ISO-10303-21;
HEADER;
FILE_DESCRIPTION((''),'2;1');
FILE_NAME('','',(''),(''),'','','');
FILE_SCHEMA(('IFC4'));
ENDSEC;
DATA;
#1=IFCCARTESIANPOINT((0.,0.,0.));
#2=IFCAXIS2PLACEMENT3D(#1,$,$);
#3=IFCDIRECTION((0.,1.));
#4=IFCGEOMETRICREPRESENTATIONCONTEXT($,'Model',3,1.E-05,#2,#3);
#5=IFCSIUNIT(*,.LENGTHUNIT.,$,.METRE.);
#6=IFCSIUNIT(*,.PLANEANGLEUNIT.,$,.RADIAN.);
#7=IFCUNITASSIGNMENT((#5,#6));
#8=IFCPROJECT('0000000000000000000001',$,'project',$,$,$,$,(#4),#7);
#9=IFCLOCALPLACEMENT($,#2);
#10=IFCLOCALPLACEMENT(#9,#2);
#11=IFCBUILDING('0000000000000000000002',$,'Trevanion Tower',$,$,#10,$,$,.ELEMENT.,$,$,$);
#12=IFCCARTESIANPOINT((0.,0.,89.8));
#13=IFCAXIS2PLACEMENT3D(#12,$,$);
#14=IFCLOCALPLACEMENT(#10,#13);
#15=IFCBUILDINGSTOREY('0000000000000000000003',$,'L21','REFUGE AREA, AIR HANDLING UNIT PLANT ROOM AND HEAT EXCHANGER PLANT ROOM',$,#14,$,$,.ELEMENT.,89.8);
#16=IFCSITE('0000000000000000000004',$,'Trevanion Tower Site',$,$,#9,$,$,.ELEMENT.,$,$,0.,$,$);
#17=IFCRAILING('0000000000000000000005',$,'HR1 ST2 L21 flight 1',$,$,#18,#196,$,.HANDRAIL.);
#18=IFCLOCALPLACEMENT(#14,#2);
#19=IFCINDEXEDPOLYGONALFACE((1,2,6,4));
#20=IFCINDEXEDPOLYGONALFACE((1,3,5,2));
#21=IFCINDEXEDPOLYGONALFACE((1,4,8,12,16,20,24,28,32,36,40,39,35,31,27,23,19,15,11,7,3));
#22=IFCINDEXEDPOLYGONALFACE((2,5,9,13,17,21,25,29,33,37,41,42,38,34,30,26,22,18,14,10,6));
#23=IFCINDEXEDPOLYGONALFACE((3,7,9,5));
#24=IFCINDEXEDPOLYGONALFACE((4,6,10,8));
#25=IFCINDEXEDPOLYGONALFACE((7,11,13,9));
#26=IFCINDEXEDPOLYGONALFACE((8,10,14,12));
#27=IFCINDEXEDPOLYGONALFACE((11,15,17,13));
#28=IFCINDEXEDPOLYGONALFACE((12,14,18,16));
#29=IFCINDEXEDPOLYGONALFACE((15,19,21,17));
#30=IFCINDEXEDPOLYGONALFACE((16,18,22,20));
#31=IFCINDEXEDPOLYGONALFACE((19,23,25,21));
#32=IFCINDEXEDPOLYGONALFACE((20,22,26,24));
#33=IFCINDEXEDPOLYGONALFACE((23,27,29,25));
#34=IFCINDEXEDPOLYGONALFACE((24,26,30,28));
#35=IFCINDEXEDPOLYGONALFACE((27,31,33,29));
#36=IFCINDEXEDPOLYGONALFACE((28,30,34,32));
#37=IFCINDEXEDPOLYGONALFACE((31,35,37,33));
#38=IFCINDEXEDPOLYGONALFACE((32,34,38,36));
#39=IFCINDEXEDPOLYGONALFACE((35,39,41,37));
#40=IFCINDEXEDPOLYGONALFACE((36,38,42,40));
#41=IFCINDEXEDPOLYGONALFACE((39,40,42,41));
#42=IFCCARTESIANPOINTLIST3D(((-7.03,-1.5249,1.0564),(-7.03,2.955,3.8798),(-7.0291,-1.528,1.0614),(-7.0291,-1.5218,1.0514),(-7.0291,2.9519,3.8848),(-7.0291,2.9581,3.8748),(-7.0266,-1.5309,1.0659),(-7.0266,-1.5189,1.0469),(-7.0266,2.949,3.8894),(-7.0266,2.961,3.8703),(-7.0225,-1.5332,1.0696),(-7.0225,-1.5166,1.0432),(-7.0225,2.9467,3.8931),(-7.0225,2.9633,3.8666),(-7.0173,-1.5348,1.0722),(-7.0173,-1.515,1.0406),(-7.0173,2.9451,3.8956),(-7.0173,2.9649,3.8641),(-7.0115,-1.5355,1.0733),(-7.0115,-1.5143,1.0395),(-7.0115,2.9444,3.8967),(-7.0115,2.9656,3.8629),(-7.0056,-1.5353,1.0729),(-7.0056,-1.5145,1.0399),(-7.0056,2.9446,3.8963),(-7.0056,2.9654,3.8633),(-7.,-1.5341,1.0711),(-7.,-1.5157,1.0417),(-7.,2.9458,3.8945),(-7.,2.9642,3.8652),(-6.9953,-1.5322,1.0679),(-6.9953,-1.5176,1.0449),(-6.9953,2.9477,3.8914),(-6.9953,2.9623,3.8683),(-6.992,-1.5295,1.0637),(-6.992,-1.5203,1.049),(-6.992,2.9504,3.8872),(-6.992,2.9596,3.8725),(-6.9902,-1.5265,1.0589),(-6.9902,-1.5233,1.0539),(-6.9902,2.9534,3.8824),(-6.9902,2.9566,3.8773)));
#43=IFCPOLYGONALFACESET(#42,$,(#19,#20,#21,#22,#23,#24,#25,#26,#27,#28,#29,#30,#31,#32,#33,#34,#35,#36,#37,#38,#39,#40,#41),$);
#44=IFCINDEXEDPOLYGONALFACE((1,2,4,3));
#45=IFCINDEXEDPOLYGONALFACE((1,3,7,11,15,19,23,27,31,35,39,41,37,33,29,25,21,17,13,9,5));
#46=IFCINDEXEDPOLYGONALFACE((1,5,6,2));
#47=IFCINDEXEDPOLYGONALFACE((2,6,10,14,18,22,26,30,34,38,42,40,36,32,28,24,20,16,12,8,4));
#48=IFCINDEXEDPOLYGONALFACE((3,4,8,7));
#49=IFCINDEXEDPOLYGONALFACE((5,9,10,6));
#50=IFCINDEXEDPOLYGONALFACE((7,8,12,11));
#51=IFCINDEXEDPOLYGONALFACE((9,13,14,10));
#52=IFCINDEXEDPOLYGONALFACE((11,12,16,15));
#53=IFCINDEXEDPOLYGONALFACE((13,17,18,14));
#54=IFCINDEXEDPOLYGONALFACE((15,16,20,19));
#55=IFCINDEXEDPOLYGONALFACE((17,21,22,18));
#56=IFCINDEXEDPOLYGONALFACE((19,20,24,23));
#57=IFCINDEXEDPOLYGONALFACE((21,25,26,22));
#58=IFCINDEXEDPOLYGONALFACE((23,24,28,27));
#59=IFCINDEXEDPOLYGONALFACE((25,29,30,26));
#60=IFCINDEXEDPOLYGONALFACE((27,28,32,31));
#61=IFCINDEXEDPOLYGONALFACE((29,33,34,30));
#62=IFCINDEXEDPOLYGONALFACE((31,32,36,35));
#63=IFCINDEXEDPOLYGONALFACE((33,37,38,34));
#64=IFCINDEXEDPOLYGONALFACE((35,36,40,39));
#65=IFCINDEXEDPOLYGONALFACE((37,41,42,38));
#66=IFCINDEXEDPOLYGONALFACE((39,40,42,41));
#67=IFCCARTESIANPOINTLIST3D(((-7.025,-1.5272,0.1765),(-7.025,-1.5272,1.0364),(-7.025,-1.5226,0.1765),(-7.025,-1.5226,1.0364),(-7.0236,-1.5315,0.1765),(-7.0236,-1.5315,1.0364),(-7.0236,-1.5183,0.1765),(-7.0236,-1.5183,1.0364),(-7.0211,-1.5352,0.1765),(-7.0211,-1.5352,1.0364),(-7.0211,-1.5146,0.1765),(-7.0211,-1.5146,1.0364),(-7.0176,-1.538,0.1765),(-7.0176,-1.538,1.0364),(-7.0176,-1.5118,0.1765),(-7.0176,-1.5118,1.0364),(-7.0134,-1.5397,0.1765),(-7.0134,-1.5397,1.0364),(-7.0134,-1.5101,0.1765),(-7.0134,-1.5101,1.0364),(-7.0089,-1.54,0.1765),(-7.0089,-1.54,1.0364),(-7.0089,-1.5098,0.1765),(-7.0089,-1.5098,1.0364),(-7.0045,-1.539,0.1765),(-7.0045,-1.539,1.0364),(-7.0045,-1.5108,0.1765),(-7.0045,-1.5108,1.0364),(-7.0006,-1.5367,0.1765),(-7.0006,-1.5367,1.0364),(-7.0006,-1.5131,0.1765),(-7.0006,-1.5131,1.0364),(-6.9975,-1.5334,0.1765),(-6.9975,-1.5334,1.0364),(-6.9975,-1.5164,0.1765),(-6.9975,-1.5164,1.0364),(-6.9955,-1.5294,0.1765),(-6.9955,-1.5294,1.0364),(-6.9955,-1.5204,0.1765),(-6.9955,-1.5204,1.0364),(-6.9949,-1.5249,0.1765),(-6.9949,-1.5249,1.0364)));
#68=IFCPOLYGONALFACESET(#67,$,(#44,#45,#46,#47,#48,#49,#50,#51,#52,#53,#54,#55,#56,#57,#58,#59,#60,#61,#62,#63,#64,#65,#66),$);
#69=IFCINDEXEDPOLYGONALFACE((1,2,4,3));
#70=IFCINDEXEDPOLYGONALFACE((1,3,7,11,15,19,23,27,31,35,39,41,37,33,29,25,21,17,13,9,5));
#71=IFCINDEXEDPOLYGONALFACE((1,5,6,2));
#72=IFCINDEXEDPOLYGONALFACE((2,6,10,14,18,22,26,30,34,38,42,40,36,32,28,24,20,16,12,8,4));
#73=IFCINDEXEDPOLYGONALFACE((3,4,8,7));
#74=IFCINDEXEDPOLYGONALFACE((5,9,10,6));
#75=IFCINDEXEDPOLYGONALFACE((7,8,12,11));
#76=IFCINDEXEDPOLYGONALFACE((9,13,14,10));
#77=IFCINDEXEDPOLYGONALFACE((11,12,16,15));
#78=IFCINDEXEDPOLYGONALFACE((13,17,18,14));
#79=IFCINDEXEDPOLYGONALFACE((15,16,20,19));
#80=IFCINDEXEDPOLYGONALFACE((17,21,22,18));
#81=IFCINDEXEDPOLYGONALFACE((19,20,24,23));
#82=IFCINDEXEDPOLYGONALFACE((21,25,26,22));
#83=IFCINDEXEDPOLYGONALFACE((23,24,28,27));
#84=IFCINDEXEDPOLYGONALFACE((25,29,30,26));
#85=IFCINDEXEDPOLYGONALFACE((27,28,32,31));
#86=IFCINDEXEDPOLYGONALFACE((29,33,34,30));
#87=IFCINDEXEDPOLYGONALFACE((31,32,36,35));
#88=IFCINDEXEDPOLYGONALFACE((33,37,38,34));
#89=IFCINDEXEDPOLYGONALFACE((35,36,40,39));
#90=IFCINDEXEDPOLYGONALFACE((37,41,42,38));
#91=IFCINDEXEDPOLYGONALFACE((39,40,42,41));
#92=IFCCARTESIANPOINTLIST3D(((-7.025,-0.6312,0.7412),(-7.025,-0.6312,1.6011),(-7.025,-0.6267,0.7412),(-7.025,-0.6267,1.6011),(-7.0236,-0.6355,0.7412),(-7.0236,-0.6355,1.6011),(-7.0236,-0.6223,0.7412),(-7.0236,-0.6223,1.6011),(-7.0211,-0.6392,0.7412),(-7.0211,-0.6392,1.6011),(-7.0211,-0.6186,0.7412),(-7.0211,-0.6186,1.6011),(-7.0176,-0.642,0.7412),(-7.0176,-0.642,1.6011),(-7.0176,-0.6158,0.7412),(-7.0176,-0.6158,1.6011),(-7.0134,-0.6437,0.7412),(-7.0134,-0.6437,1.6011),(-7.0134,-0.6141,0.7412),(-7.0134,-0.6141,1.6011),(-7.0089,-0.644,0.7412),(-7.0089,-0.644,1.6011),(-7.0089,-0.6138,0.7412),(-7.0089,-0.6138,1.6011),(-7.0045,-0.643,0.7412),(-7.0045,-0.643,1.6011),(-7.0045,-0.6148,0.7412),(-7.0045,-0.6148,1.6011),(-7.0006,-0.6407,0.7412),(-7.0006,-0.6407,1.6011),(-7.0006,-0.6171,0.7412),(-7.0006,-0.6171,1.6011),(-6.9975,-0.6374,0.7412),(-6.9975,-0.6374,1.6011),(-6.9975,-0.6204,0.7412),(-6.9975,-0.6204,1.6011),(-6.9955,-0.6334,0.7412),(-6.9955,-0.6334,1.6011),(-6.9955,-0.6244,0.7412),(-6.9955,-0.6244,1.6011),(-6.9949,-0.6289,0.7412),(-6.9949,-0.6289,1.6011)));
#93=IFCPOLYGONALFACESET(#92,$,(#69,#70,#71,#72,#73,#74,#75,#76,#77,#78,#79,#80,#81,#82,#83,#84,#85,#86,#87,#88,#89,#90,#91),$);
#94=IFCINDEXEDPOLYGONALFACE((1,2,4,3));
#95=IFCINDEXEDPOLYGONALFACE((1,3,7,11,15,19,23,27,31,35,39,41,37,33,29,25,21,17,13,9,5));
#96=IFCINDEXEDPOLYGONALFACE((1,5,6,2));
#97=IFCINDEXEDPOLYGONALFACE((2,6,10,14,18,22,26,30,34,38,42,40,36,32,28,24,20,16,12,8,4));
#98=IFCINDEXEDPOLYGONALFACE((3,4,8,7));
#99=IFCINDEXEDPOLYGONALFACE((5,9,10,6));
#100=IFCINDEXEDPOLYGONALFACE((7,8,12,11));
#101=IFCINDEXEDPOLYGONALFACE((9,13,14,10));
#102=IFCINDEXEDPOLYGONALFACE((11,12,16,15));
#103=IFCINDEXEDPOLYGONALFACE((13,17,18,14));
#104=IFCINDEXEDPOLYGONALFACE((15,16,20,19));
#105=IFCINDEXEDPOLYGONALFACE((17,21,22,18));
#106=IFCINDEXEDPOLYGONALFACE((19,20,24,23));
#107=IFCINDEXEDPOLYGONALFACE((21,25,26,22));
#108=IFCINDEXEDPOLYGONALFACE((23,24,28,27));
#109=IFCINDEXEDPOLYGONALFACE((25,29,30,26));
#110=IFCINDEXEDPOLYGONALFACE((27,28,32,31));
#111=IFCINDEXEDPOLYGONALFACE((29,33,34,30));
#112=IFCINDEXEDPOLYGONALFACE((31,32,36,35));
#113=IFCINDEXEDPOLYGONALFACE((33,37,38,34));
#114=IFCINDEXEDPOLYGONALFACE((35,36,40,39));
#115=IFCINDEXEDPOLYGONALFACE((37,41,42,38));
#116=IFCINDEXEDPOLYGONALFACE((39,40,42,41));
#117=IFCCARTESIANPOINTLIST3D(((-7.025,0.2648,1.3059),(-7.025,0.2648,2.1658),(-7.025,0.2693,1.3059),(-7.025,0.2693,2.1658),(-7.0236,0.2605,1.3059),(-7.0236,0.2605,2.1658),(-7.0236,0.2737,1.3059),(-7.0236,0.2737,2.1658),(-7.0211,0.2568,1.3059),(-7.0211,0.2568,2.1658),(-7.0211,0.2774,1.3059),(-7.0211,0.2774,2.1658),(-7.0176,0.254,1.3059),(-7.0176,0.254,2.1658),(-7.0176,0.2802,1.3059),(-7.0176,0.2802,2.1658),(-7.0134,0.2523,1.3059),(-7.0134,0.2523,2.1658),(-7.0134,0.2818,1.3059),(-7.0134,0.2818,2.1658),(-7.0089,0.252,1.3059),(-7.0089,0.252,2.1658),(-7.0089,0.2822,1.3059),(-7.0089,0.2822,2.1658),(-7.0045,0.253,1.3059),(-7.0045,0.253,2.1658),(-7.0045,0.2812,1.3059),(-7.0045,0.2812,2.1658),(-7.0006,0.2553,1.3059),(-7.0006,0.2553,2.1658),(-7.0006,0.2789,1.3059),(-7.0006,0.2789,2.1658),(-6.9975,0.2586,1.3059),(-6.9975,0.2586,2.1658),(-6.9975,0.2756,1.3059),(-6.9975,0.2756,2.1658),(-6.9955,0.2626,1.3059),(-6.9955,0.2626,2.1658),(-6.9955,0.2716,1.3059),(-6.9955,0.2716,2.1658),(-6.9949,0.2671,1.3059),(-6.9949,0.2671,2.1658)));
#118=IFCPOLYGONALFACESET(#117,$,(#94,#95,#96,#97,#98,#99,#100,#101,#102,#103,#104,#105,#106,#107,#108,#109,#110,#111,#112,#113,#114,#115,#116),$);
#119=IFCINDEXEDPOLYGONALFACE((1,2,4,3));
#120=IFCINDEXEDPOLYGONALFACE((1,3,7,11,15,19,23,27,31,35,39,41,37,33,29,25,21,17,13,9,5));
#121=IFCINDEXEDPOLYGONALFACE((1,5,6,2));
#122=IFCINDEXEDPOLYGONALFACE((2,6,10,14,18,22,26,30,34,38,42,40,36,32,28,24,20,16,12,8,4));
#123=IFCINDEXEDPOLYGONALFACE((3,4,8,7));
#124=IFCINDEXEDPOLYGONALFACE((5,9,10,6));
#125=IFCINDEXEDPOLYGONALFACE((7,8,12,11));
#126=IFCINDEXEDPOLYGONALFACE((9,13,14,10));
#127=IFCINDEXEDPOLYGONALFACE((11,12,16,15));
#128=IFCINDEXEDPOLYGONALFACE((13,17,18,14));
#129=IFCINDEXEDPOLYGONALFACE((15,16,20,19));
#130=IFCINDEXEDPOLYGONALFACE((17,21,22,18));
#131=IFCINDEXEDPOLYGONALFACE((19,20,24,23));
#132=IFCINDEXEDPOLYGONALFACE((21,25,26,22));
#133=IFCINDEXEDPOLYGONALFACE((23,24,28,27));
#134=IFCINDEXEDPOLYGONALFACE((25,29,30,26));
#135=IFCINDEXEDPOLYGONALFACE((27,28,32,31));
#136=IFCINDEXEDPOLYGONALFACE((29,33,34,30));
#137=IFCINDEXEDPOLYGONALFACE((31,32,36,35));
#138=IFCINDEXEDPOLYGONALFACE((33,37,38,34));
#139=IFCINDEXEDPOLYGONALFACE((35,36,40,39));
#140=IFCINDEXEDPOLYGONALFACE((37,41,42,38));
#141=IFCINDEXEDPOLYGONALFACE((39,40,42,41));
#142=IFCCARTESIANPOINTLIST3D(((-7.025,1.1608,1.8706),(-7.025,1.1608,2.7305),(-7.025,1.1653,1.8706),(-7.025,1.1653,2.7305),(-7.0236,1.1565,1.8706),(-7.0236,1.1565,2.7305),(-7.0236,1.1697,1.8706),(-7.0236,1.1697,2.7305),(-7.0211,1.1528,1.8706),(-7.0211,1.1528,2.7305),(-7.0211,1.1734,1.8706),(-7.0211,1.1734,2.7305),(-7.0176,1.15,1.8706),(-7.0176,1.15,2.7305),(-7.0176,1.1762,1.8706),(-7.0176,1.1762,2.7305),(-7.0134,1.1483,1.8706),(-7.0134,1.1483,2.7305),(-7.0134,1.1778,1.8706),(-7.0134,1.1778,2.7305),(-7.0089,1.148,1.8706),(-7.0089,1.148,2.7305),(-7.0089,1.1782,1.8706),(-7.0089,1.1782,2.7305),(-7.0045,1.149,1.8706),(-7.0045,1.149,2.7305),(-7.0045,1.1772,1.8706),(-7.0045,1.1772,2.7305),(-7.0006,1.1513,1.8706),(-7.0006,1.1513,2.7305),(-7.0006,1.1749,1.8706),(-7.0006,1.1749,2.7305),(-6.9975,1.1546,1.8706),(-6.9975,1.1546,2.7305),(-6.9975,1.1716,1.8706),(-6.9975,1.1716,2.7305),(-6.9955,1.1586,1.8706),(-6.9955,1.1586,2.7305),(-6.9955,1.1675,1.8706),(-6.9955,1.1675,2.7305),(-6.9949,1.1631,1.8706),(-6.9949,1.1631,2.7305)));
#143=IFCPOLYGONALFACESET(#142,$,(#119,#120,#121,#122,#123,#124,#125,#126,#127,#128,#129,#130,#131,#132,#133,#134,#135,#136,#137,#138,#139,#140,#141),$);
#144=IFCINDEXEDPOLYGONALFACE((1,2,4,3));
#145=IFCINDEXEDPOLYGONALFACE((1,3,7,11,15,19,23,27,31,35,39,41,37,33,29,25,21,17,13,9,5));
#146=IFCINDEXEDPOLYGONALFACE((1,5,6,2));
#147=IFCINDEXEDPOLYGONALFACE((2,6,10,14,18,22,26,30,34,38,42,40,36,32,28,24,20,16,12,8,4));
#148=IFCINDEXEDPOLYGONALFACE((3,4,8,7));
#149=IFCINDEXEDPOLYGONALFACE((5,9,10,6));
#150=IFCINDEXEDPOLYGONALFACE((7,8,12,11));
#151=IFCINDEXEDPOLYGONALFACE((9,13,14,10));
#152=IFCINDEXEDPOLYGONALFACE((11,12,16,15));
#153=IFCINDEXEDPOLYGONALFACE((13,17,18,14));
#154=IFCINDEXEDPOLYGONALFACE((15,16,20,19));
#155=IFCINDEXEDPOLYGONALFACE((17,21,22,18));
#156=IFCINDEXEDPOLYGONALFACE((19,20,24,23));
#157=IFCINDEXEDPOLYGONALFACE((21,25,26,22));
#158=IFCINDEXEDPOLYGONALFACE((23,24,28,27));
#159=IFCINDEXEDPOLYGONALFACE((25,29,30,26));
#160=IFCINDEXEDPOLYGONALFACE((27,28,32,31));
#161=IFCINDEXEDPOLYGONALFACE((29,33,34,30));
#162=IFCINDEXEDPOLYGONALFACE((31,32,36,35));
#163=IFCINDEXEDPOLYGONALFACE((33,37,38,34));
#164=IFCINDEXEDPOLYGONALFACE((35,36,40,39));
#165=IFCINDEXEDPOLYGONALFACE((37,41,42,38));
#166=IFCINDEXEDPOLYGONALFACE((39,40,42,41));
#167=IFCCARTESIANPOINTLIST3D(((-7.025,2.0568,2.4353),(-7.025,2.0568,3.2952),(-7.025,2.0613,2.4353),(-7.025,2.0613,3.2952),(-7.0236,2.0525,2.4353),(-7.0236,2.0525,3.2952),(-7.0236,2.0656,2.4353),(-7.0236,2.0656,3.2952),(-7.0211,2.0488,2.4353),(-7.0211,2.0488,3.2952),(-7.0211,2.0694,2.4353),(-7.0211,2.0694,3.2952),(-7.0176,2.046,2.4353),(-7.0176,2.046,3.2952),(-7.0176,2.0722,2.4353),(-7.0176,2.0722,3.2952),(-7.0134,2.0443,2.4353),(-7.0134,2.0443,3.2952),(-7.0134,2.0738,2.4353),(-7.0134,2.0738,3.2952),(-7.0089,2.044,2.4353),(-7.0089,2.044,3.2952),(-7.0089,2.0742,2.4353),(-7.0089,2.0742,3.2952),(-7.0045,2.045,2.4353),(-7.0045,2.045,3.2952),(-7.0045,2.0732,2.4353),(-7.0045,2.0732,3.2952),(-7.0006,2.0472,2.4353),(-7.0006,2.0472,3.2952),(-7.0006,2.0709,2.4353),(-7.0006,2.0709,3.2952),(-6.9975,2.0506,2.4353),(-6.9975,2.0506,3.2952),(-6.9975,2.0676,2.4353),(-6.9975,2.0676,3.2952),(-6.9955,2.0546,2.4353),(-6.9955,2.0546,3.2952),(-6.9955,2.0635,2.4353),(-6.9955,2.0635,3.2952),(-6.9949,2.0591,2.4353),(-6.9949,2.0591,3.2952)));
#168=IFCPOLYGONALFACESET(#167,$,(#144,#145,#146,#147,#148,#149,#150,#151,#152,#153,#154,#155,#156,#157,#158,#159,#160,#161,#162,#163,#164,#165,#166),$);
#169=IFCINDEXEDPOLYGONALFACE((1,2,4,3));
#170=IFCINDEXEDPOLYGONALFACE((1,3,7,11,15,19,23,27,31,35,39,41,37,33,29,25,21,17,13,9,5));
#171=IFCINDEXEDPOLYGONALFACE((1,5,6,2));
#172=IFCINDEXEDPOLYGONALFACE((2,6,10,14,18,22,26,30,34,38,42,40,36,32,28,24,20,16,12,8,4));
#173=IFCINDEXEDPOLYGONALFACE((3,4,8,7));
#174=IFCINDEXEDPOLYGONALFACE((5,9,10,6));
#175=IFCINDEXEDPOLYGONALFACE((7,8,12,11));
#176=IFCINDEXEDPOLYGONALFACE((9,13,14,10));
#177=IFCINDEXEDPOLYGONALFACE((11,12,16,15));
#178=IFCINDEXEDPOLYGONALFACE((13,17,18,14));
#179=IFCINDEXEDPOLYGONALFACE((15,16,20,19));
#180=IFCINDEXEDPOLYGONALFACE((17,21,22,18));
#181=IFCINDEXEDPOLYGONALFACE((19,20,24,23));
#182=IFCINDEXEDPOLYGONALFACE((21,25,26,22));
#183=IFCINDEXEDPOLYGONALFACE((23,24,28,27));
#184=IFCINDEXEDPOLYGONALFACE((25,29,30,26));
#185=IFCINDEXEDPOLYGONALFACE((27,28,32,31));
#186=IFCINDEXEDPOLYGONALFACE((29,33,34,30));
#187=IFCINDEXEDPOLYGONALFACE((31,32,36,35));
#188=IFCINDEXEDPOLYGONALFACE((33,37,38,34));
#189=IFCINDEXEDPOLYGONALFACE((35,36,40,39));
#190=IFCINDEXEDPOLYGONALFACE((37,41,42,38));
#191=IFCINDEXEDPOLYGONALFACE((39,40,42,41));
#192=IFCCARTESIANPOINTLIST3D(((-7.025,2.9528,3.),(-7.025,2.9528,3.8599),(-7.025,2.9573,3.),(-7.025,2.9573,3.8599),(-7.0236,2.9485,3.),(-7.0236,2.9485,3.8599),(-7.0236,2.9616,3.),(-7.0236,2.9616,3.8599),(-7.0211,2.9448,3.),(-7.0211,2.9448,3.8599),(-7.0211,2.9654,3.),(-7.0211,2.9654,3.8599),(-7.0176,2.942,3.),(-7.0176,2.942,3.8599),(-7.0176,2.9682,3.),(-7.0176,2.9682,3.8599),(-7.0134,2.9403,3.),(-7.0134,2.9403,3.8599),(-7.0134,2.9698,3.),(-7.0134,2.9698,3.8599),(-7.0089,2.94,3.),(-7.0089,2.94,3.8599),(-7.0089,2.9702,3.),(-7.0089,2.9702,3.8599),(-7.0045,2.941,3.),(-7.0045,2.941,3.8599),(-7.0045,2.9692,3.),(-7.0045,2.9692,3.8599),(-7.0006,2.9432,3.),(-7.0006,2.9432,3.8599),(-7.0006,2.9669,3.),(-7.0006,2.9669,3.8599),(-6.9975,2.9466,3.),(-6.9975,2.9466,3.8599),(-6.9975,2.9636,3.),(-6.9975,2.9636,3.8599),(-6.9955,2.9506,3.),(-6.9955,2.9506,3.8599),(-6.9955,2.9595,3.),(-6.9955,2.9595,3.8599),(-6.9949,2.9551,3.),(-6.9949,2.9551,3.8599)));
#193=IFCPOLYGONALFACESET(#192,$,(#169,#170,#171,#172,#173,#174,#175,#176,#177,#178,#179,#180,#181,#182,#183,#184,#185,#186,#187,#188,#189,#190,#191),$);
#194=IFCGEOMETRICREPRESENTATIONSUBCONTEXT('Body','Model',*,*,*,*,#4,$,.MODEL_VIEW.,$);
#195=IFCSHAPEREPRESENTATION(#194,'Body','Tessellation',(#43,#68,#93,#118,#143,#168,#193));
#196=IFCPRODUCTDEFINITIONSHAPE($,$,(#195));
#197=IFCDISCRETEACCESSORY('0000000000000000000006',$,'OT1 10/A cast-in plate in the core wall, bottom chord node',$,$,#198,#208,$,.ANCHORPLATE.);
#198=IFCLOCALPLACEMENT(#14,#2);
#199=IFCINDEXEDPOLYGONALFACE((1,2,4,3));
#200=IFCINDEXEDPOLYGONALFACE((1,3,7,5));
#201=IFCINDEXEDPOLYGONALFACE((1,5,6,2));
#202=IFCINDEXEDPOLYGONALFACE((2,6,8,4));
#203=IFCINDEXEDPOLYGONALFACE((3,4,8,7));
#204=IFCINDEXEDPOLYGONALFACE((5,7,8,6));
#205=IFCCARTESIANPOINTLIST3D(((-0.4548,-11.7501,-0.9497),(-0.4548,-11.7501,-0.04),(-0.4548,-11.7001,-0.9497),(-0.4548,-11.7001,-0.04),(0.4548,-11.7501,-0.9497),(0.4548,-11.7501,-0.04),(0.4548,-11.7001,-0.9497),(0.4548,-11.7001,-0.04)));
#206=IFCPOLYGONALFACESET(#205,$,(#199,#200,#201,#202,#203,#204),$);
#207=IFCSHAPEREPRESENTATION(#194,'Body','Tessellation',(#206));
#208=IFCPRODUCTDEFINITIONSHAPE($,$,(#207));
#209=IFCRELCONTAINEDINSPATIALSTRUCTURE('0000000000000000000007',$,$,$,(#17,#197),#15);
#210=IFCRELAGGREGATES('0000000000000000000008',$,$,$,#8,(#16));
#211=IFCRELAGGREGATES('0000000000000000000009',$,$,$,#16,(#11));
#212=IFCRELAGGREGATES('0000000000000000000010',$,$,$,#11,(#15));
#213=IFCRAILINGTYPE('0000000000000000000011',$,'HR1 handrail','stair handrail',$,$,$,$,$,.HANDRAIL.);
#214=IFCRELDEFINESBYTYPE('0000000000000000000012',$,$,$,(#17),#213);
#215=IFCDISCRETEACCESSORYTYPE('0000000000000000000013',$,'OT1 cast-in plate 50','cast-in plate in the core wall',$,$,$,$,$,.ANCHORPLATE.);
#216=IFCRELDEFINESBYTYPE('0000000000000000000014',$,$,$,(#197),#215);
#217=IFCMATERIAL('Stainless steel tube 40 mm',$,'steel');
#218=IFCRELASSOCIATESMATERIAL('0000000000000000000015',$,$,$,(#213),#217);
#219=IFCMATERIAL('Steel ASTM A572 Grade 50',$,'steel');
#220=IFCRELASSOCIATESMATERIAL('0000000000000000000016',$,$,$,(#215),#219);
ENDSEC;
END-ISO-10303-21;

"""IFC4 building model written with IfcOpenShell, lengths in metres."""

from ifc_helpers import new_model, si_unit, direction, frame, origin, origin_2d, place, context, subcontext, project, spatial, rectangle, circle, extrude, material, type_object, element, save


model = new_model("IFC4")

# Units and contexts
model_context = context("Model", 3, precision=1e-05, world=origin(), true_north=direction((0.0, 1.0)))
body_context = subcontext(model_context, "Body", "Model", "MODEL_VIEW")
ifc_project = project(units=[si_unit("LENGTHUNIT", "METRE"), si_unit("PLANEANGLEUNIT", "RADIAN")], contexts=[model_context])

# Site, building, storey
site_placement = place(None, origin())
site = spatial("IfcSite", under=ifc_project, at=site_placement, Name="Trevanion Tower Site", CompositionType="ELEMENT", RefElevation=0.0)
building_placement = place(site_placement, origin())
building = spatial("IfcBuilding", under=site, at=building_placement, Name="Trevanion Tower", CompositionType="ELEMENT")
storey_placement = place(building_placement, frame((0.0, 0.0, 89.8)))
storey = spatial("IfcBuildingStorey", under=building, at=storey_placement, Name="L21", Description="REFUGE AREA, AIR HANDLING UNIT PLANT ROOM AND HEAT EXCHANGER PLANT ROOM", CompositionType="ELEMENT", Elevation=89.8)

# Railing
ifc_material_1 = material(Name="Stainless steel tube 40 mm", Category="steel")
railing_type = type_object("IfcRailingType", Name="HR1 handrail", Description="stair handrail", PredefinedType="HANDRAIL", material=ifc_material_1)
railing_placement = place(storey_placement, frame((-7.01, -1.5249, 0.1765)))
element("IfcRailing", 1, at=railing_placement, inside=storey, type_object=railing_type, Name="HR1 ST2 L21 flight 1", PredefinedType="HANDRAIL", context=body_context, shape_type="SweptSolid", body=[
    extrude(circle(Radius=0.02, at=origin_2d()), frame((0.0, 0.0, 0.8799), z_axis=(0.0, 0.845998, 0.533186), x_axis=(-1.0, 0.0, 0.0)), (0.0, 0.0, 1.0), 5.2954),
    extrude(circle(Radius=0.0151, at=origin_2d()), origin(), (0.0, 0.0, 1.0), 0.8599),
    extrude(circle(Radius=0.0151, at=origin_2d()), frame((0.0, 0.896, 0.5647)), (0.0, 0.0, 1.0), 0.8599),
    extrude(circle(Radius=0.0151, at=origin_2d()), frame((0.0, 1.792, 1.1294)), (0.0, 0.0, 1.0), 0.8599),
    extrude(circle(Radius=0.0151, at=origin_2d()), frame((0.0, 2.688, 1.6941)), (0.0, 0.0, 1.0), 0.8599),
    extrude(circle(Radius=0.0151, at=origin_2d()), frame((0.0, 3.584, 2.2588)), (0.0, 0.0, 1.0), 0.8599),
    extrude(circle(Radius=0.0151, at=origin_2d()), frame((0.0, 4.48, 2.8235)), (0.0, 0.0, 1.0), 0.8599),
])

# Discrete accessory
ifc_material_2 = material(Name="Steel ASTM A572 Grade 50", Category="steel")
discrete_accessory_type = type_object("IfcDiscreteAccessoryType", Name="OT1 cast-in plate 50", Description="cast-in plate in the core wall", PredefinedType="ANCHORPLATE", material=ifc_material_2)
for number, where, z_axis, x_axis, name in (
    (2, (0.0, -11.7251, -0.9497), (0.0, 0.0, 1.0), (0.0, -1.0, 0.0), "OT1 10/A cast-in plate in the core wall, bottom chord node"),
):
    element("IfcDiscreteAccessory", number, at=place(storey_placement, frame(where, z_axis=z_axis, x_axis=x_axis)), inside=storey, type_object=discrete_accessory_type, Name=name, PredefinedType="ANCHORPLATE", context=body_context, shape_type="SweptSolid", body=[
        extrude(rectangle(XDim=0.05, YDim=0.9097, at=origin_2d()), origin(), (0.0, 0.0, 1.0), 0.9097),
    ])

save(model, "model.ifc")
